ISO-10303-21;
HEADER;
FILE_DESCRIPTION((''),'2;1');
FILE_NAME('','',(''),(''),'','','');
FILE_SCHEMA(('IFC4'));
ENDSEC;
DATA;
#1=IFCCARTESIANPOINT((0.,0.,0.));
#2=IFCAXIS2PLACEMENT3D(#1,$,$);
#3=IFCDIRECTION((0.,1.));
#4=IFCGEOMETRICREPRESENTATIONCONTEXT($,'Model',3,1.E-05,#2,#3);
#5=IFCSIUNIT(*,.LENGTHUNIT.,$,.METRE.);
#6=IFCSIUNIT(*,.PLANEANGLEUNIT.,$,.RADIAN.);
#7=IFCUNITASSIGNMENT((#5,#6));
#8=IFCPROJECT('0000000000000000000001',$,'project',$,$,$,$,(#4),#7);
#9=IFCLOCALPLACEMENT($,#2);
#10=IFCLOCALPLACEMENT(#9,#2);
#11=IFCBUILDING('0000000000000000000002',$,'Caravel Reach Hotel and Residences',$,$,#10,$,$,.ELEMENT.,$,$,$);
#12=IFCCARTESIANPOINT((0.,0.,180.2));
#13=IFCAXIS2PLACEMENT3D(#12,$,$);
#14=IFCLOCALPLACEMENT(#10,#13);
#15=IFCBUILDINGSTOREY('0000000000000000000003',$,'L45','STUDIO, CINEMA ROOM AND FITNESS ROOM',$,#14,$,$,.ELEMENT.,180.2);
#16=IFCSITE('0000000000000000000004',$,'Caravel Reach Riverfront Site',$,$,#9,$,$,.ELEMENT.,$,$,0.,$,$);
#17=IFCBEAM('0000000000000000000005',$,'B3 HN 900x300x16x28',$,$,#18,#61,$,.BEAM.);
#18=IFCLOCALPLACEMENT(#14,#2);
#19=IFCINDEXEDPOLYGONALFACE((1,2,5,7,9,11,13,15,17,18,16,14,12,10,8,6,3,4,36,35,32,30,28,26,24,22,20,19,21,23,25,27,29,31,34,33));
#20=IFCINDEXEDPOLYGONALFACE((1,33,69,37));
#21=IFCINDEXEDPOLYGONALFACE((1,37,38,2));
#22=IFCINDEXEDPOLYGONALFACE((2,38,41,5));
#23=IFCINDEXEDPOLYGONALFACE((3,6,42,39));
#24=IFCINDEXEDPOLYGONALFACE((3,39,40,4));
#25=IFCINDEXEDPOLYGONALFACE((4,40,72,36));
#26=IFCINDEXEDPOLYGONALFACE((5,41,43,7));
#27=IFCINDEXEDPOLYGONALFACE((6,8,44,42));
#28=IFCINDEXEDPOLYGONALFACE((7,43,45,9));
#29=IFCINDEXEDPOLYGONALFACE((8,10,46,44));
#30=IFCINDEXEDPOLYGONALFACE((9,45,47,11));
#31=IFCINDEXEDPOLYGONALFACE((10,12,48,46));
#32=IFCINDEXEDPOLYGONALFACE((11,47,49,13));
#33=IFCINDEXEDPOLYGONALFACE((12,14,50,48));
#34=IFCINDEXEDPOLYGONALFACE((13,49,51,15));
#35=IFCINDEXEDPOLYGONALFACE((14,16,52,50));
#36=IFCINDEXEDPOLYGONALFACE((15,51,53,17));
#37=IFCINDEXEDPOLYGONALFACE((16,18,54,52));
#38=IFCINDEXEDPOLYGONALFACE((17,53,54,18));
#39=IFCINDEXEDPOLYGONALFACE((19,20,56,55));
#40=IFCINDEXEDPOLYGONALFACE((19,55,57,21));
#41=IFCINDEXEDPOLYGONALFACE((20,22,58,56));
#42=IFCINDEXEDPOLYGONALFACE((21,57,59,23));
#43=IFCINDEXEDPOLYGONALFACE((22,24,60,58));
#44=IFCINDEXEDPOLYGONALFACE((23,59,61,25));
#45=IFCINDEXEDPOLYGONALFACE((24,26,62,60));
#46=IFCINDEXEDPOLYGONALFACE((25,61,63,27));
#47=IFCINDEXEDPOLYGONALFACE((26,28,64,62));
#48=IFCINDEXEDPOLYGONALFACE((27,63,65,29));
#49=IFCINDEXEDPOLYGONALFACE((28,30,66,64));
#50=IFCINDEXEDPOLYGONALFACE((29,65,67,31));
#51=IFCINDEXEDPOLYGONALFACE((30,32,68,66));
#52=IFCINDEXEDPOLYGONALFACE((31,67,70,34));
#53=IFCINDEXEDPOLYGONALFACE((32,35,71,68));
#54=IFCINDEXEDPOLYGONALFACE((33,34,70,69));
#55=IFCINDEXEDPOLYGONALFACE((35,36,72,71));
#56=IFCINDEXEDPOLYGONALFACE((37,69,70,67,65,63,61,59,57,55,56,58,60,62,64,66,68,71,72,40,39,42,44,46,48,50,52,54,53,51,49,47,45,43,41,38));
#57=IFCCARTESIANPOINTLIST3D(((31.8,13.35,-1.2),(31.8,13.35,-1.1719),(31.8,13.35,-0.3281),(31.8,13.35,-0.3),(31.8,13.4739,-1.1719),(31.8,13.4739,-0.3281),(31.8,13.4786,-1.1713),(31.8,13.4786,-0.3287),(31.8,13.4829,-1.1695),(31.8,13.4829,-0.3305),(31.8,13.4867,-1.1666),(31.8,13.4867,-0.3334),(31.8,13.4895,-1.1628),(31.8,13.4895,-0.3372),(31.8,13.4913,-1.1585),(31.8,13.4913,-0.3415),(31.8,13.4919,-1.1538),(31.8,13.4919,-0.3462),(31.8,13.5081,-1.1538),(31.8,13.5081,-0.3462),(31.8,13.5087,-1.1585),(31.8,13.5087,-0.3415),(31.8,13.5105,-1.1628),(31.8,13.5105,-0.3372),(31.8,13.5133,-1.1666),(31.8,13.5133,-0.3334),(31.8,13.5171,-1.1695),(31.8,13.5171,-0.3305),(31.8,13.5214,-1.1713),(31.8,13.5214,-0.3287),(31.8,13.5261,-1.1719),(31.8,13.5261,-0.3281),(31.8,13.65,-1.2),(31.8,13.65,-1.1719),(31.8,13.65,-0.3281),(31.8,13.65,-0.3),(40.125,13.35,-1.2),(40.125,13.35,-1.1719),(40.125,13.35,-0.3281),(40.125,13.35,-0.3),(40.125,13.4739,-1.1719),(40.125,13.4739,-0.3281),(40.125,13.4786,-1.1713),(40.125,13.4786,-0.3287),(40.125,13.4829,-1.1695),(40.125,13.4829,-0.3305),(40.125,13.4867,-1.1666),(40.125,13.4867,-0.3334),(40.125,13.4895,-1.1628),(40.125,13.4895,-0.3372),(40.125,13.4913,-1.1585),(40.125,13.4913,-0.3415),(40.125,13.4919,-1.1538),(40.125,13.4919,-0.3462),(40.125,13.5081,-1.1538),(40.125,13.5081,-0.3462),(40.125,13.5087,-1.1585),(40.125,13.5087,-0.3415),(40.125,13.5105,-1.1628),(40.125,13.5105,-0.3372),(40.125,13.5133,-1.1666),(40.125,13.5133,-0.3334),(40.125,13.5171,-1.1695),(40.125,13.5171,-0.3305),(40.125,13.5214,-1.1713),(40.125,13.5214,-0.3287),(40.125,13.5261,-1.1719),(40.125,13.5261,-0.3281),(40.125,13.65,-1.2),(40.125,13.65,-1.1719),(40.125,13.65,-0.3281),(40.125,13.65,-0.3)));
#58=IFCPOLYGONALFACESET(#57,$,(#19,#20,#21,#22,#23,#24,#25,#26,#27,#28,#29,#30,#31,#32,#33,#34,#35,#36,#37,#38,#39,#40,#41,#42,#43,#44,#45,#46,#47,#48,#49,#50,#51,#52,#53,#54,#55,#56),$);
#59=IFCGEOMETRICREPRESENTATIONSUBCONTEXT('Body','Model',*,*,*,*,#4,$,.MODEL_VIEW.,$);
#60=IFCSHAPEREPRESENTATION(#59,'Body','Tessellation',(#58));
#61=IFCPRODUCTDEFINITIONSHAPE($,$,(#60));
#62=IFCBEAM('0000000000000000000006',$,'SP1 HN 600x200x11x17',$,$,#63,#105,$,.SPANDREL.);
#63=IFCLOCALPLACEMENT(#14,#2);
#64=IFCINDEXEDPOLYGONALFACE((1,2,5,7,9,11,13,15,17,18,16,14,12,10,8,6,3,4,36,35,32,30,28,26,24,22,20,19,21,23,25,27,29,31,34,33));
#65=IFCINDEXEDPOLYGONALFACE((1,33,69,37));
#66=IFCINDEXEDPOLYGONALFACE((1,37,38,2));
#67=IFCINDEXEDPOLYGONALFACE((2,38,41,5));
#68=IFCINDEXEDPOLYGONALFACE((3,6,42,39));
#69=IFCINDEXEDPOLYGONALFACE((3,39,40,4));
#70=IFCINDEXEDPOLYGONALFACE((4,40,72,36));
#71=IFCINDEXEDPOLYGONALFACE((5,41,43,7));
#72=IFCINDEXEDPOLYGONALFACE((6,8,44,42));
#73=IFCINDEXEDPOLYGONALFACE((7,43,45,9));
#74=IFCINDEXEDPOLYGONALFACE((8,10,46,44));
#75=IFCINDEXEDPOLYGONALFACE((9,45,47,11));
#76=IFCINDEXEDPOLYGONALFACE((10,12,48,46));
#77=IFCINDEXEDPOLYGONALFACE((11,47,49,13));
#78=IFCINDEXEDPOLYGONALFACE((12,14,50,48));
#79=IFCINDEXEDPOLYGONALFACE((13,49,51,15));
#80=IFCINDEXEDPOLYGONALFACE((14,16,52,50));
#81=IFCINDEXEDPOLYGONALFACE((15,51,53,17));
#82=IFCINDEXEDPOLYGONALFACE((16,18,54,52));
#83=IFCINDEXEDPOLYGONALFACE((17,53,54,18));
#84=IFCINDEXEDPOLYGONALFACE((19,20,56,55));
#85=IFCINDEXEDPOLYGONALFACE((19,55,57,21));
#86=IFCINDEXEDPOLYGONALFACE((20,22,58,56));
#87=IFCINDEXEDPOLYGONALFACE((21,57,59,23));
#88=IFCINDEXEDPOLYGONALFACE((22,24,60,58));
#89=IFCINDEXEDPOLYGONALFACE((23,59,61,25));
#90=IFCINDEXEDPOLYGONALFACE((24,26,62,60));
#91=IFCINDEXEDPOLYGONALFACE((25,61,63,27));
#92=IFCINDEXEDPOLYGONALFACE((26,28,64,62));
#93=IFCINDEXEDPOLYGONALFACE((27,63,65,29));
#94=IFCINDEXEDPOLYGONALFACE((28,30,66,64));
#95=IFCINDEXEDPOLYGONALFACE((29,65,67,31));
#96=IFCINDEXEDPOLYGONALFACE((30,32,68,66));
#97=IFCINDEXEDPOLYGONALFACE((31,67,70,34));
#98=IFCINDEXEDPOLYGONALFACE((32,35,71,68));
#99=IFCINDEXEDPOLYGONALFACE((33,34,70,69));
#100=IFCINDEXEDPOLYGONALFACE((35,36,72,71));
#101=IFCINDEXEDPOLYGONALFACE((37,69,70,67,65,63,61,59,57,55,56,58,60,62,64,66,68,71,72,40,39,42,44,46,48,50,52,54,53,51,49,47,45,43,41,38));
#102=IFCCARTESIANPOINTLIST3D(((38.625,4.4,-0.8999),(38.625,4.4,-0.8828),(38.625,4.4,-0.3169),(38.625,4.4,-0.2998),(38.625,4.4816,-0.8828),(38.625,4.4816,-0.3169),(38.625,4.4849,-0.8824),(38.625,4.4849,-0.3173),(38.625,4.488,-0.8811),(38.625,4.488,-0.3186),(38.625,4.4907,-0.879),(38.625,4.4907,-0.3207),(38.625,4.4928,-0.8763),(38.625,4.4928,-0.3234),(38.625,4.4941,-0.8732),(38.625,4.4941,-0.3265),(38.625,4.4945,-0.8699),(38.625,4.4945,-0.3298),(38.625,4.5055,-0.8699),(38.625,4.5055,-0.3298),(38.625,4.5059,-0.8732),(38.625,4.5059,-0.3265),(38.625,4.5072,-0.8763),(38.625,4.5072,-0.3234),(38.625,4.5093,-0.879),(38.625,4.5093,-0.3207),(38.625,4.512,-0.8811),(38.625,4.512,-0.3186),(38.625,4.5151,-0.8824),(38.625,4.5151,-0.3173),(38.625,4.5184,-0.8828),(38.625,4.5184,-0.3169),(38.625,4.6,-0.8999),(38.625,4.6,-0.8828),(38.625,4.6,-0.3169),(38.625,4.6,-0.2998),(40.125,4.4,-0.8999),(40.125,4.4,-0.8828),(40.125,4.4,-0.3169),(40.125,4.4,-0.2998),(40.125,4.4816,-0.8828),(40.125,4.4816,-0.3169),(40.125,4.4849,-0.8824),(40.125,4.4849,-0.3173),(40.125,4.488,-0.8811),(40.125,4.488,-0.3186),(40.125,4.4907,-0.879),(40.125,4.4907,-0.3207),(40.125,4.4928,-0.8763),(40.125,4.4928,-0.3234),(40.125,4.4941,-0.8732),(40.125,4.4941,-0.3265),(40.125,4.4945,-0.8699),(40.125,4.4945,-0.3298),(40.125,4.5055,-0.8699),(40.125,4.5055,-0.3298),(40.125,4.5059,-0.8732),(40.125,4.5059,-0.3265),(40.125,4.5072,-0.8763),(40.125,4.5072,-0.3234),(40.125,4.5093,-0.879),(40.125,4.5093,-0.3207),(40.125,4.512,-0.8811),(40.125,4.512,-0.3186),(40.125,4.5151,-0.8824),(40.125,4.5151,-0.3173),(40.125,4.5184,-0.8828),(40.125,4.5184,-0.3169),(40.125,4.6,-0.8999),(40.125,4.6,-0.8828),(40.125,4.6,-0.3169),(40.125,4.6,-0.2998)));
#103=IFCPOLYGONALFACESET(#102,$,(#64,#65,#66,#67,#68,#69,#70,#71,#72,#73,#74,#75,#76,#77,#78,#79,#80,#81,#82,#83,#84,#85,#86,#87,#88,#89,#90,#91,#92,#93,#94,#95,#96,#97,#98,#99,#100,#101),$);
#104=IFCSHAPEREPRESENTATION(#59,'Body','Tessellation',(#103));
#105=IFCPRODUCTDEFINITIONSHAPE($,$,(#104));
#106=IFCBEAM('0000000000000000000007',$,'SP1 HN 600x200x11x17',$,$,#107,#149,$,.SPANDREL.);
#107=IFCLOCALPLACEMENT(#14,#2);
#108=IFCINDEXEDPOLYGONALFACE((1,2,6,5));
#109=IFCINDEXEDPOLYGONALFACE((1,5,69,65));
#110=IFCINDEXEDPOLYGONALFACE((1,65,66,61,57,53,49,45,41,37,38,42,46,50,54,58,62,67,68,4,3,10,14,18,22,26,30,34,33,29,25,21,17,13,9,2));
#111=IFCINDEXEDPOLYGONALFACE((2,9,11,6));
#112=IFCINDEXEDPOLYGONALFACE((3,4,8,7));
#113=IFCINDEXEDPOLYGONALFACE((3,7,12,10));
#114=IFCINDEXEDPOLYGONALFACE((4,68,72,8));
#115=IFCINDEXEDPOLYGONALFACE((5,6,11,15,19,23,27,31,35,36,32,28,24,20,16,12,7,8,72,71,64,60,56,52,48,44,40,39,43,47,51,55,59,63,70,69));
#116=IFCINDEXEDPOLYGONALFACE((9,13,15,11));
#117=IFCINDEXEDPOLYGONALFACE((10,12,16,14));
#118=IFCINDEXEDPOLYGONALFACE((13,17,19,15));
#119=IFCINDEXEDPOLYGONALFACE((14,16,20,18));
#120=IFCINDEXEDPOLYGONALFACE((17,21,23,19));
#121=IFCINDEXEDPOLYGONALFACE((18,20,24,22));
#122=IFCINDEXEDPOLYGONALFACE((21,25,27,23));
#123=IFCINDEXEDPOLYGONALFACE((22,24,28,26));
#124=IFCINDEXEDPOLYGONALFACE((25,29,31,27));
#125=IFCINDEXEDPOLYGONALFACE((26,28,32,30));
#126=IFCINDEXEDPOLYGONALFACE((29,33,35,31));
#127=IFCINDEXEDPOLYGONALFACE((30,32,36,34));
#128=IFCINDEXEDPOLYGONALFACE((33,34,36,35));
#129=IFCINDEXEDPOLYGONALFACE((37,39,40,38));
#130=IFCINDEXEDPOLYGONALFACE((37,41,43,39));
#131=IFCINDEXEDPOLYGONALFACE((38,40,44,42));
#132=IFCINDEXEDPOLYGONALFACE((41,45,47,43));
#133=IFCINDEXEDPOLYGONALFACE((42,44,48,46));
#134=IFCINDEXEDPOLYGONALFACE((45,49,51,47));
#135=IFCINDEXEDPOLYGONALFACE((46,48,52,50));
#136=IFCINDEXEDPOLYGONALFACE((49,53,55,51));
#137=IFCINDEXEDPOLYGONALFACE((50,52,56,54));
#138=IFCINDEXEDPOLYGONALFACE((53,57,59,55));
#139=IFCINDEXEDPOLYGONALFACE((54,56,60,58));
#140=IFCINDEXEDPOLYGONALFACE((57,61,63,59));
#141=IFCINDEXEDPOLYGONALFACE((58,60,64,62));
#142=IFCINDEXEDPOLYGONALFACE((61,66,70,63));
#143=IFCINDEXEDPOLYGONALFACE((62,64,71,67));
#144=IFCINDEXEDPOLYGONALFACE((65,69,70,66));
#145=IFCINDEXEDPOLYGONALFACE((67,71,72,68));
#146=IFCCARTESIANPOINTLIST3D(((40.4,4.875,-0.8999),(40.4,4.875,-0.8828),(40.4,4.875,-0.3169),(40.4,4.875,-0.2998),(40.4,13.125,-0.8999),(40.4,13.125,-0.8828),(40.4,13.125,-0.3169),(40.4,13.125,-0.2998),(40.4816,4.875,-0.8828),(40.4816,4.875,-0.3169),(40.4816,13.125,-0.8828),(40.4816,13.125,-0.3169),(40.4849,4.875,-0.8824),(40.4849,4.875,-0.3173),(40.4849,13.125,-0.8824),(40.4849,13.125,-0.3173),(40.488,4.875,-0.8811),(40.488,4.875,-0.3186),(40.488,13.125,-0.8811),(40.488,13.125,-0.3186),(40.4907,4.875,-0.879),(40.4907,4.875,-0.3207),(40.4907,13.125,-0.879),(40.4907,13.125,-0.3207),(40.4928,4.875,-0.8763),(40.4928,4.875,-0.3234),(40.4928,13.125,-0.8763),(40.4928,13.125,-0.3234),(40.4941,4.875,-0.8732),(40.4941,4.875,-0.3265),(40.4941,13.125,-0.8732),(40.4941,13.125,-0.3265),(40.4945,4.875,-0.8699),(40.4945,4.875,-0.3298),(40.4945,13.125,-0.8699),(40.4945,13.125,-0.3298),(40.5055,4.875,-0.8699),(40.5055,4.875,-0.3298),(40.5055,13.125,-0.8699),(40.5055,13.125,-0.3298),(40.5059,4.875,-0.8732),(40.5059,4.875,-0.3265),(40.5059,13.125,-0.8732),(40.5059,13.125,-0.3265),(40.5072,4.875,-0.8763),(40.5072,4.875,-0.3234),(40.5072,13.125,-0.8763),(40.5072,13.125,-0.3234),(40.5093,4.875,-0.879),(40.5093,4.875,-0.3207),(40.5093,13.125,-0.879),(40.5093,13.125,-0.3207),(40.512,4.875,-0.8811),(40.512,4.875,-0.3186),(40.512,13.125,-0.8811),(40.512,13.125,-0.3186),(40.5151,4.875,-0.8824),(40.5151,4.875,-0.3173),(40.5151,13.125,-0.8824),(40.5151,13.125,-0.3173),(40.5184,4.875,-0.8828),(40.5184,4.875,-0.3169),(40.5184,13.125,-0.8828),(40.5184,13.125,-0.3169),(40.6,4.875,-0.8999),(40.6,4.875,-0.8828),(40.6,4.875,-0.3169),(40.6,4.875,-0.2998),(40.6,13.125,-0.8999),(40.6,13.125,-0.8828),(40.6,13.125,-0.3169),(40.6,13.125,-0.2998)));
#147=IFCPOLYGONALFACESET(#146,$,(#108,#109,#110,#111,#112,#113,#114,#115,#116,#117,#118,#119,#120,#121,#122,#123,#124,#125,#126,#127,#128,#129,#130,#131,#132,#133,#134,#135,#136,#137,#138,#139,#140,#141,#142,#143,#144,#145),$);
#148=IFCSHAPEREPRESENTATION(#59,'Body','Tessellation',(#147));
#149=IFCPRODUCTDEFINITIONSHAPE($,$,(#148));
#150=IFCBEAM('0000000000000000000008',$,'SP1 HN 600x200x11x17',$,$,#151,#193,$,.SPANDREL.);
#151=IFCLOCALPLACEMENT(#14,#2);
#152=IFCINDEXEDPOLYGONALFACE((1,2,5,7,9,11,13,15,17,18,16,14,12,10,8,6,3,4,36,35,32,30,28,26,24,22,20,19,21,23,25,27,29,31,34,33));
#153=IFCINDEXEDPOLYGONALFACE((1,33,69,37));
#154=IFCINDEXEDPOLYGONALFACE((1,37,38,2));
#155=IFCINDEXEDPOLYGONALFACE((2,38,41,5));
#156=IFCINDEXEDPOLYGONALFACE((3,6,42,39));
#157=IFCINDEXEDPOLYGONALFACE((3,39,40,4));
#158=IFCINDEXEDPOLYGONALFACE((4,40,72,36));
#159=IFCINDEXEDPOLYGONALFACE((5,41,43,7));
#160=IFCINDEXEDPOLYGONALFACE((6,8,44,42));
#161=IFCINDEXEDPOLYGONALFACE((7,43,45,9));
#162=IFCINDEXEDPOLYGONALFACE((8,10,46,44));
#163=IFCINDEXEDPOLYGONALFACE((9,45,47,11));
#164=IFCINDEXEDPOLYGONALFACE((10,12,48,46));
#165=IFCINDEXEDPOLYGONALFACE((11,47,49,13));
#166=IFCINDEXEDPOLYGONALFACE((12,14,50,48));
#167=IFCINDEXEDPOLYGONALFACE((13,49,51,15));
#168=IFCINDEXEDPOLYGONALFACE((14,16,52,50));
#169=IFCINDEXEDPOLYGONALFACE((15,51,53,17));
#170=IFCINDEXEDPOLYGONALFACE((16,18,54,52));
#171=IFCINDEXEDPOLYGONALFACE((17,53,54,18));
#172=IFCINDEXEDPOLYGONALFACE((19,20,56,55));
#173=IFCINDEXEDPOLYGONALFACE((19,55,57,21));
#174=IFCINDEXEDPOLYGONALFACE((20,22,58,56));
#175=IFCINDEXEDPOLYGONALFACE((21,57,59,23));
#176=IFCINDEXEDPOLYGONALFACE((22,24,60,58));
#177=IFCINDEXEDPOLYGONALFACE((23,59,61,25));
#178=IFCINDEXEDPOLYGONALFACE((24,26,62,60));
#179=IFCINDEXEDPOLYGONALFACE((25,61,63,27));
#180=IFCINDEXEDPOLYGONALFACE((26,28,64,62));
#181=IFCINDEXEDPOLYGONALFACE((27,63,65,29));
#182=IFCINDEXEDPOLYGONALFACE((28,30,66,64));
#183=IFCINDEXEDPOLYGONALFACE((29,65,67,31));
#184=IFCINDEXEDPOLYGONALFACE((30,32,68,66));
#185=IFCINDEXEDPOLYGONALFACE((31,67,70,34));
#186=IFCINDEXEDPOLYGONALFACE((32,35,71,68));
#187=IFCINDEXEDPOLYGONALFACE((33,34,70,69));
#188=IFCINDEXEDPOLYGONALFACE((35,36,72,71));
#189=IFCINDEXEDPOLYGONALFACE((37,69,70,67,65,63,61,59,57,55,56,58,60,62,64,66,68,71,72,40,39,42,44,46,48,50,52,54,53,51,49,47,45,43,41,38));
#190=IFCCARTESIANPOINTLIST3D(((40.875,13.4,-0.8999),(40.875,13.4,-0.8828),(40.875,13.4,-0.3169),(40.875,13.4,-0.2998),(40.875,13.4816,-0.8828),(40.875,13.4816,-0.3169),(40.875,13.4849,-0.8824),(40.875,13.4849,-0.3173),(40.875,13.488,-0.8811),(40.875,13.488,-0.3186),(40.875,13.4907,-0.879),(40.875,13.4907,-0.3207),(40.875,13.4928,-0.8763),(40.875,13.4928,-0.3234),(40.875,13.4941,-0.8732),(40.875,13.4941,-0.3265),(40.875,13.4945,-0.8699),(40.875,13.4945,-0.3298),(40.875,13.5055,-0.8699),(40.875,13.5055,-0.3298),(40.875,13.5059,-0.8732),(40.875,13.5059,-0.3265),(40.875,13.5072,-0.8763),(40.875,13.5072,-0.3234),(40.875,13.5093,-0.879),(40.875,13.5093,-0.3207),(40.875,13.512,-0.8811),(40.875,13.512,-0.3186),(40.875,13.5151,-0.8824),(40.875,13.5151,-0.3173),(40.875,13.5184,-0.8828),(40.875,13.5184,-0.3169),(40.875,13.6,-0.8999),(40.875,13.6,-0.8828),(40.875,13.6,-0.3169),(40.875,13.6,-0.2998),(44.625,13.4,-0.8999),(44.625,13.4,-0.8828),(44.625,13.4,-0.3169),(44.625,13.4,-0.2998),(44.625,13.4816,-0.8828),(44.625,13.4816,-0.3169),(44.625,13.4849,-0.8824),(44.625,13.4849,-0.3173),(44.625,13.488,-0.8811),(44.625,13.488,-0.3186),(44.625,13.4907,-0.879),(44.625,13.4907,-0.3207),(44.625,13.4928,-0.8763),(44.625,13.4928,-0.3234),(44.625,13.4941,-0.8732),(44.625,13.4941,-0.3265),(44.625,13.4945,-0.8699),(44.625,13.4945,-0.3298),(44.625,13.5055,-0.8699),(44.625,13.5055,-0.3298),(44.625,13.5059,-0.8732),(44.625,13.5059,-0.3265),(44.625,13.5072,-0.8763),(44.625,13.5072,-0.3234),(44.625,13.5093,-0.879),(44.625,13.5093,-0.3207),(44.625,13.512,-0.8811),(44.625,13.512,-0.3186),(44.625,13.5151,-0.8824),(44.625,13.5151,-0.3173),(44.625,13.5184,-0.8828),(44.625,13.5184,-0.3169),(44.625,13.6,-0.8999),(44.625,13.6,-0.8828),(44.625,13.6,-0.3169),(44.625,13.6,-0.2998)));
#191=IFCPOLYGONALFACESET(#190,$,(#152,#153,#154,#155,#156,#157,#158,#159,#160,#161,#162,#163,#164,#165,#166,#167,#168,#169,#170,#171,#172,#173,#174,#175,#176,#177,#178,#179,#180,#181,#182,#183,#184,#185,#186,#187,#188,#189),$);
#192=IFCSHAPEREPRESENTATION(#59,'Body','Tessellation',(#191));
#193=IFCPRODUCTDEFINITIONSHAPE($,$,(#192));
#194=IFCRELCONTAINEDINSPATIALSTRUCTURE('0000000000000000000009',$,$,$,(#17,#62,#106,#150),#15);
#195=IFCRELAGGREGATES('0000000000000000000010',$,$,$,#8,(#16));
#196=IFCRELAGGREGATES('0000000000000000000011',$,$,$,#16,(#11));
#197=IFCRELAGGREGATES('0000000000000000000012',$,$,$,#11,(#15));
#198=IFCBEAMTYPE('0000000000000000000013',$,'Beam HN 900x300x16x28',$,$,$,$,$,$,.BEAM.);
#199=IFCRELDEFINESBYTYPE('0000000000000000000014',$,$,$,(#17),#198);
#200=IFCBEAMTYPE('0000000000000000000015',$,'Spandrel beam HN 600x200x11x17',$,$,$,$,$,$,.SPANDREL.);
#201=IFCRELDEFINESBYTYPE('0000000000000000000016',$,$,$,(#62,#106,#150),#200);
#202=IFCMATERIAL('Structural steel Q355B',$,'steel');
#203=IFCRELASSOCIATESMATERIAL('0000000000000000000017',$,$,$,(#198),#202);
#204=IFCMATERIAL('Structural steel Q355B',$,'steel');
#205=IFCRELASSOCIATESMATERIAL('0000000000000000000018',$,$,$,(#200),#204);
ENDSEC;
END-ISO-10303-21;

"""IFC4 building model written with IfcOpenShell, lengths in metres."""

from ifc_helpers import new_model, si_unit, direction, frame, origin, origin_2d, place, context, subcontext, project, spatial, i_section, extrude, material, material_profile, profile_set, type_object, element, save


model = new_model("IFC4")

# Units and contexts
model_context = context("Model", 3, precision=1e-05, world=origin(), true_north=direction((0.0, 1.0)))
body_context = subcontext(model_context, "Body", "Model", "MODEL_VIEW")
ifc_project = project(units=[si_unit("LENGTHUNIT", "METRE"), si_unit("PLANEANGLEUNIT", "RADIAN")], contexts=[model_context])

# Site, building, storey
site_placement = place(None, origin())
site = spatial("IfcSite", under=ifc_project, at=site_placement, Name="Caravel Reach Riverfront Site", CompositionType="ELEMENT", RefElevation=0.0)
building_placement = place(site_placement, origin())
building = spatial("IfcBuilding", under=site, at=building_placement, Name="Caravel Reach Hotel and Residences", CompositionType="ELEMENT")
storey_placement = place(building_placement, frame((0.0, 0.0, 180.2)))
storey = spatial("IfcBuildingStorey", under=building, at=storey_placement, Name="L45", Description="STUDIO, CINEMA ROOM AND FITNESS ROOM", CompositionType="ELEMENT", Elevation=180.2)

# Beams
ifc_material_1 = material(Name="Structural steel Q355B", Category="steel")
ifc_material_profile_1 = material_profile(ifc_material_1, i_section(OverallWidth=0.3, OverallDepth=0.8999, WebThickness=0.0161, FlangeThickness=0.0281, FilletRadius=0.0181, at=origin_2d()), Name="HN 900x300x16x28")
ifc_profile_set_1 = profile_set([ifc_material_profile_1], Name="Structural steel Q355B")
beam_type_1 = type_object("IfcBeamType", Name="Beam HN 900x300x16x28", PredefinedType="BEAM", material=ifc_profile_set_1)
beam_1_placement = place(storey_placement, frame((31.8, 13.5, -0.75), z_axis=(1.0, 0.0, 0.0), x_axis=(0.0, 1.0, 0.0)))
element("IfcBeam", 1, at=beam_1_placement, inside=storey, type_object=beam_type_1, Name="B3 HN 900x300x16x28", PredefinedType="BEAM", context=body_context, shape_type="SweptSolid", body=[
    extrude(i_section(OverallWidth=0.3, OverallDepth=0.8999, WebThickness=0.0161, FlangeThickness=0.0281, FilletRadius=0.0181, at=origin_2d()), origin(), (0.0, 0.0, 1.0), 8.325),
])
ifc_material_2 = material(Name="Structural steel Q355B", Category="steel")
ifc_material_profile_2 = material_profile(ifc_material_2, i_section(OverallWidth=0.2, OverallDepth=0.6001, WebThickness=0.011, FlangeThickness=0.0171, FilletRadius=0.0129, at=origin_2d()), Name="HN 600x200x11x17")
ifc_profile_set_2 = profile_set([ifc_material_profile_2], Name="Structural steel Q355B")
beam_type_2 = type_object("IfcBeamType", Name="Spandrel beam HN 600x200x11x17", PredefinedType="SPANDREL", material=ifc_profile_set_2)
beam_2_placement = place(storey_placement, frame((38.625, 4.5, -0.5999), z_axis=(1.0, 0.0, 0.0), x_axis=(0.0, 1.0, 0.0)))
element("IfcBeam", 2, at=beam_2_placement, inside=storey, type_object=beam_type_2, Name="SP1 HN 600x200x11x17", PredefinedType="SPANDREL", context=body_context, shape_type="SweptSolid", body=[
    extrude(i_section(OverallWidth=0.2, OverallDepth=0.6001, WebThickness=0.011, FlangeThickness=0.0171, FilletRadius=0.0129, at=origin_2d()), origin(), (0.0, 0.0, 1.0), 1.5),
])
beam_3_placement = place(storey_placement, frame((40.5, 4.875, -0.5999), z_axis=(0.0, 1.0, 0.0), x_axis=(-1.0, 0.0, 0.0)))
element("IfcBeam", 3, at=beam_3_placement, inside=storey, type_object=beam_type_2, Name="SP1 HN 600x200x11x17", PredefinedType="SPANDREL", context=body_context, shape_type="SweptSolid", body=[
    extrude(i_section(OverallWidth=0.2, OverallDepth=0.6001, WebThickness=0.011, FlangeThickness=0.0171, FilletRadius=0.0129, at=origin_2d()), origin(), (0.0, 0.0, 1.0), 8.25),
])
beam_4_placement = place(storey_placement, frame((40.875, 13.5, -0.5999), z_axis=(1.0, 0.0, 0.0), x_axis=(0.0, 1.0, 0.0)))
element("IfcBeam", 4, at=beam_4_placement, inside=storey, type_object=beam_type_2, Name="SP1 HN 600x200x11x17", PredefinedType="SPANDREL", context=body_context, shape_type="SweptSolid", body=[
    extrude(i_section(OverallWidth=0.2, OverallDepth=0.6001, WebThickness=0.011, FlangeThickness=0.0171, FilletRadius=0.0129, at=origin_2d()), origin(), (0.0, 0.0, 1.0), 3.75),
])

save(model, "model.ifc")
